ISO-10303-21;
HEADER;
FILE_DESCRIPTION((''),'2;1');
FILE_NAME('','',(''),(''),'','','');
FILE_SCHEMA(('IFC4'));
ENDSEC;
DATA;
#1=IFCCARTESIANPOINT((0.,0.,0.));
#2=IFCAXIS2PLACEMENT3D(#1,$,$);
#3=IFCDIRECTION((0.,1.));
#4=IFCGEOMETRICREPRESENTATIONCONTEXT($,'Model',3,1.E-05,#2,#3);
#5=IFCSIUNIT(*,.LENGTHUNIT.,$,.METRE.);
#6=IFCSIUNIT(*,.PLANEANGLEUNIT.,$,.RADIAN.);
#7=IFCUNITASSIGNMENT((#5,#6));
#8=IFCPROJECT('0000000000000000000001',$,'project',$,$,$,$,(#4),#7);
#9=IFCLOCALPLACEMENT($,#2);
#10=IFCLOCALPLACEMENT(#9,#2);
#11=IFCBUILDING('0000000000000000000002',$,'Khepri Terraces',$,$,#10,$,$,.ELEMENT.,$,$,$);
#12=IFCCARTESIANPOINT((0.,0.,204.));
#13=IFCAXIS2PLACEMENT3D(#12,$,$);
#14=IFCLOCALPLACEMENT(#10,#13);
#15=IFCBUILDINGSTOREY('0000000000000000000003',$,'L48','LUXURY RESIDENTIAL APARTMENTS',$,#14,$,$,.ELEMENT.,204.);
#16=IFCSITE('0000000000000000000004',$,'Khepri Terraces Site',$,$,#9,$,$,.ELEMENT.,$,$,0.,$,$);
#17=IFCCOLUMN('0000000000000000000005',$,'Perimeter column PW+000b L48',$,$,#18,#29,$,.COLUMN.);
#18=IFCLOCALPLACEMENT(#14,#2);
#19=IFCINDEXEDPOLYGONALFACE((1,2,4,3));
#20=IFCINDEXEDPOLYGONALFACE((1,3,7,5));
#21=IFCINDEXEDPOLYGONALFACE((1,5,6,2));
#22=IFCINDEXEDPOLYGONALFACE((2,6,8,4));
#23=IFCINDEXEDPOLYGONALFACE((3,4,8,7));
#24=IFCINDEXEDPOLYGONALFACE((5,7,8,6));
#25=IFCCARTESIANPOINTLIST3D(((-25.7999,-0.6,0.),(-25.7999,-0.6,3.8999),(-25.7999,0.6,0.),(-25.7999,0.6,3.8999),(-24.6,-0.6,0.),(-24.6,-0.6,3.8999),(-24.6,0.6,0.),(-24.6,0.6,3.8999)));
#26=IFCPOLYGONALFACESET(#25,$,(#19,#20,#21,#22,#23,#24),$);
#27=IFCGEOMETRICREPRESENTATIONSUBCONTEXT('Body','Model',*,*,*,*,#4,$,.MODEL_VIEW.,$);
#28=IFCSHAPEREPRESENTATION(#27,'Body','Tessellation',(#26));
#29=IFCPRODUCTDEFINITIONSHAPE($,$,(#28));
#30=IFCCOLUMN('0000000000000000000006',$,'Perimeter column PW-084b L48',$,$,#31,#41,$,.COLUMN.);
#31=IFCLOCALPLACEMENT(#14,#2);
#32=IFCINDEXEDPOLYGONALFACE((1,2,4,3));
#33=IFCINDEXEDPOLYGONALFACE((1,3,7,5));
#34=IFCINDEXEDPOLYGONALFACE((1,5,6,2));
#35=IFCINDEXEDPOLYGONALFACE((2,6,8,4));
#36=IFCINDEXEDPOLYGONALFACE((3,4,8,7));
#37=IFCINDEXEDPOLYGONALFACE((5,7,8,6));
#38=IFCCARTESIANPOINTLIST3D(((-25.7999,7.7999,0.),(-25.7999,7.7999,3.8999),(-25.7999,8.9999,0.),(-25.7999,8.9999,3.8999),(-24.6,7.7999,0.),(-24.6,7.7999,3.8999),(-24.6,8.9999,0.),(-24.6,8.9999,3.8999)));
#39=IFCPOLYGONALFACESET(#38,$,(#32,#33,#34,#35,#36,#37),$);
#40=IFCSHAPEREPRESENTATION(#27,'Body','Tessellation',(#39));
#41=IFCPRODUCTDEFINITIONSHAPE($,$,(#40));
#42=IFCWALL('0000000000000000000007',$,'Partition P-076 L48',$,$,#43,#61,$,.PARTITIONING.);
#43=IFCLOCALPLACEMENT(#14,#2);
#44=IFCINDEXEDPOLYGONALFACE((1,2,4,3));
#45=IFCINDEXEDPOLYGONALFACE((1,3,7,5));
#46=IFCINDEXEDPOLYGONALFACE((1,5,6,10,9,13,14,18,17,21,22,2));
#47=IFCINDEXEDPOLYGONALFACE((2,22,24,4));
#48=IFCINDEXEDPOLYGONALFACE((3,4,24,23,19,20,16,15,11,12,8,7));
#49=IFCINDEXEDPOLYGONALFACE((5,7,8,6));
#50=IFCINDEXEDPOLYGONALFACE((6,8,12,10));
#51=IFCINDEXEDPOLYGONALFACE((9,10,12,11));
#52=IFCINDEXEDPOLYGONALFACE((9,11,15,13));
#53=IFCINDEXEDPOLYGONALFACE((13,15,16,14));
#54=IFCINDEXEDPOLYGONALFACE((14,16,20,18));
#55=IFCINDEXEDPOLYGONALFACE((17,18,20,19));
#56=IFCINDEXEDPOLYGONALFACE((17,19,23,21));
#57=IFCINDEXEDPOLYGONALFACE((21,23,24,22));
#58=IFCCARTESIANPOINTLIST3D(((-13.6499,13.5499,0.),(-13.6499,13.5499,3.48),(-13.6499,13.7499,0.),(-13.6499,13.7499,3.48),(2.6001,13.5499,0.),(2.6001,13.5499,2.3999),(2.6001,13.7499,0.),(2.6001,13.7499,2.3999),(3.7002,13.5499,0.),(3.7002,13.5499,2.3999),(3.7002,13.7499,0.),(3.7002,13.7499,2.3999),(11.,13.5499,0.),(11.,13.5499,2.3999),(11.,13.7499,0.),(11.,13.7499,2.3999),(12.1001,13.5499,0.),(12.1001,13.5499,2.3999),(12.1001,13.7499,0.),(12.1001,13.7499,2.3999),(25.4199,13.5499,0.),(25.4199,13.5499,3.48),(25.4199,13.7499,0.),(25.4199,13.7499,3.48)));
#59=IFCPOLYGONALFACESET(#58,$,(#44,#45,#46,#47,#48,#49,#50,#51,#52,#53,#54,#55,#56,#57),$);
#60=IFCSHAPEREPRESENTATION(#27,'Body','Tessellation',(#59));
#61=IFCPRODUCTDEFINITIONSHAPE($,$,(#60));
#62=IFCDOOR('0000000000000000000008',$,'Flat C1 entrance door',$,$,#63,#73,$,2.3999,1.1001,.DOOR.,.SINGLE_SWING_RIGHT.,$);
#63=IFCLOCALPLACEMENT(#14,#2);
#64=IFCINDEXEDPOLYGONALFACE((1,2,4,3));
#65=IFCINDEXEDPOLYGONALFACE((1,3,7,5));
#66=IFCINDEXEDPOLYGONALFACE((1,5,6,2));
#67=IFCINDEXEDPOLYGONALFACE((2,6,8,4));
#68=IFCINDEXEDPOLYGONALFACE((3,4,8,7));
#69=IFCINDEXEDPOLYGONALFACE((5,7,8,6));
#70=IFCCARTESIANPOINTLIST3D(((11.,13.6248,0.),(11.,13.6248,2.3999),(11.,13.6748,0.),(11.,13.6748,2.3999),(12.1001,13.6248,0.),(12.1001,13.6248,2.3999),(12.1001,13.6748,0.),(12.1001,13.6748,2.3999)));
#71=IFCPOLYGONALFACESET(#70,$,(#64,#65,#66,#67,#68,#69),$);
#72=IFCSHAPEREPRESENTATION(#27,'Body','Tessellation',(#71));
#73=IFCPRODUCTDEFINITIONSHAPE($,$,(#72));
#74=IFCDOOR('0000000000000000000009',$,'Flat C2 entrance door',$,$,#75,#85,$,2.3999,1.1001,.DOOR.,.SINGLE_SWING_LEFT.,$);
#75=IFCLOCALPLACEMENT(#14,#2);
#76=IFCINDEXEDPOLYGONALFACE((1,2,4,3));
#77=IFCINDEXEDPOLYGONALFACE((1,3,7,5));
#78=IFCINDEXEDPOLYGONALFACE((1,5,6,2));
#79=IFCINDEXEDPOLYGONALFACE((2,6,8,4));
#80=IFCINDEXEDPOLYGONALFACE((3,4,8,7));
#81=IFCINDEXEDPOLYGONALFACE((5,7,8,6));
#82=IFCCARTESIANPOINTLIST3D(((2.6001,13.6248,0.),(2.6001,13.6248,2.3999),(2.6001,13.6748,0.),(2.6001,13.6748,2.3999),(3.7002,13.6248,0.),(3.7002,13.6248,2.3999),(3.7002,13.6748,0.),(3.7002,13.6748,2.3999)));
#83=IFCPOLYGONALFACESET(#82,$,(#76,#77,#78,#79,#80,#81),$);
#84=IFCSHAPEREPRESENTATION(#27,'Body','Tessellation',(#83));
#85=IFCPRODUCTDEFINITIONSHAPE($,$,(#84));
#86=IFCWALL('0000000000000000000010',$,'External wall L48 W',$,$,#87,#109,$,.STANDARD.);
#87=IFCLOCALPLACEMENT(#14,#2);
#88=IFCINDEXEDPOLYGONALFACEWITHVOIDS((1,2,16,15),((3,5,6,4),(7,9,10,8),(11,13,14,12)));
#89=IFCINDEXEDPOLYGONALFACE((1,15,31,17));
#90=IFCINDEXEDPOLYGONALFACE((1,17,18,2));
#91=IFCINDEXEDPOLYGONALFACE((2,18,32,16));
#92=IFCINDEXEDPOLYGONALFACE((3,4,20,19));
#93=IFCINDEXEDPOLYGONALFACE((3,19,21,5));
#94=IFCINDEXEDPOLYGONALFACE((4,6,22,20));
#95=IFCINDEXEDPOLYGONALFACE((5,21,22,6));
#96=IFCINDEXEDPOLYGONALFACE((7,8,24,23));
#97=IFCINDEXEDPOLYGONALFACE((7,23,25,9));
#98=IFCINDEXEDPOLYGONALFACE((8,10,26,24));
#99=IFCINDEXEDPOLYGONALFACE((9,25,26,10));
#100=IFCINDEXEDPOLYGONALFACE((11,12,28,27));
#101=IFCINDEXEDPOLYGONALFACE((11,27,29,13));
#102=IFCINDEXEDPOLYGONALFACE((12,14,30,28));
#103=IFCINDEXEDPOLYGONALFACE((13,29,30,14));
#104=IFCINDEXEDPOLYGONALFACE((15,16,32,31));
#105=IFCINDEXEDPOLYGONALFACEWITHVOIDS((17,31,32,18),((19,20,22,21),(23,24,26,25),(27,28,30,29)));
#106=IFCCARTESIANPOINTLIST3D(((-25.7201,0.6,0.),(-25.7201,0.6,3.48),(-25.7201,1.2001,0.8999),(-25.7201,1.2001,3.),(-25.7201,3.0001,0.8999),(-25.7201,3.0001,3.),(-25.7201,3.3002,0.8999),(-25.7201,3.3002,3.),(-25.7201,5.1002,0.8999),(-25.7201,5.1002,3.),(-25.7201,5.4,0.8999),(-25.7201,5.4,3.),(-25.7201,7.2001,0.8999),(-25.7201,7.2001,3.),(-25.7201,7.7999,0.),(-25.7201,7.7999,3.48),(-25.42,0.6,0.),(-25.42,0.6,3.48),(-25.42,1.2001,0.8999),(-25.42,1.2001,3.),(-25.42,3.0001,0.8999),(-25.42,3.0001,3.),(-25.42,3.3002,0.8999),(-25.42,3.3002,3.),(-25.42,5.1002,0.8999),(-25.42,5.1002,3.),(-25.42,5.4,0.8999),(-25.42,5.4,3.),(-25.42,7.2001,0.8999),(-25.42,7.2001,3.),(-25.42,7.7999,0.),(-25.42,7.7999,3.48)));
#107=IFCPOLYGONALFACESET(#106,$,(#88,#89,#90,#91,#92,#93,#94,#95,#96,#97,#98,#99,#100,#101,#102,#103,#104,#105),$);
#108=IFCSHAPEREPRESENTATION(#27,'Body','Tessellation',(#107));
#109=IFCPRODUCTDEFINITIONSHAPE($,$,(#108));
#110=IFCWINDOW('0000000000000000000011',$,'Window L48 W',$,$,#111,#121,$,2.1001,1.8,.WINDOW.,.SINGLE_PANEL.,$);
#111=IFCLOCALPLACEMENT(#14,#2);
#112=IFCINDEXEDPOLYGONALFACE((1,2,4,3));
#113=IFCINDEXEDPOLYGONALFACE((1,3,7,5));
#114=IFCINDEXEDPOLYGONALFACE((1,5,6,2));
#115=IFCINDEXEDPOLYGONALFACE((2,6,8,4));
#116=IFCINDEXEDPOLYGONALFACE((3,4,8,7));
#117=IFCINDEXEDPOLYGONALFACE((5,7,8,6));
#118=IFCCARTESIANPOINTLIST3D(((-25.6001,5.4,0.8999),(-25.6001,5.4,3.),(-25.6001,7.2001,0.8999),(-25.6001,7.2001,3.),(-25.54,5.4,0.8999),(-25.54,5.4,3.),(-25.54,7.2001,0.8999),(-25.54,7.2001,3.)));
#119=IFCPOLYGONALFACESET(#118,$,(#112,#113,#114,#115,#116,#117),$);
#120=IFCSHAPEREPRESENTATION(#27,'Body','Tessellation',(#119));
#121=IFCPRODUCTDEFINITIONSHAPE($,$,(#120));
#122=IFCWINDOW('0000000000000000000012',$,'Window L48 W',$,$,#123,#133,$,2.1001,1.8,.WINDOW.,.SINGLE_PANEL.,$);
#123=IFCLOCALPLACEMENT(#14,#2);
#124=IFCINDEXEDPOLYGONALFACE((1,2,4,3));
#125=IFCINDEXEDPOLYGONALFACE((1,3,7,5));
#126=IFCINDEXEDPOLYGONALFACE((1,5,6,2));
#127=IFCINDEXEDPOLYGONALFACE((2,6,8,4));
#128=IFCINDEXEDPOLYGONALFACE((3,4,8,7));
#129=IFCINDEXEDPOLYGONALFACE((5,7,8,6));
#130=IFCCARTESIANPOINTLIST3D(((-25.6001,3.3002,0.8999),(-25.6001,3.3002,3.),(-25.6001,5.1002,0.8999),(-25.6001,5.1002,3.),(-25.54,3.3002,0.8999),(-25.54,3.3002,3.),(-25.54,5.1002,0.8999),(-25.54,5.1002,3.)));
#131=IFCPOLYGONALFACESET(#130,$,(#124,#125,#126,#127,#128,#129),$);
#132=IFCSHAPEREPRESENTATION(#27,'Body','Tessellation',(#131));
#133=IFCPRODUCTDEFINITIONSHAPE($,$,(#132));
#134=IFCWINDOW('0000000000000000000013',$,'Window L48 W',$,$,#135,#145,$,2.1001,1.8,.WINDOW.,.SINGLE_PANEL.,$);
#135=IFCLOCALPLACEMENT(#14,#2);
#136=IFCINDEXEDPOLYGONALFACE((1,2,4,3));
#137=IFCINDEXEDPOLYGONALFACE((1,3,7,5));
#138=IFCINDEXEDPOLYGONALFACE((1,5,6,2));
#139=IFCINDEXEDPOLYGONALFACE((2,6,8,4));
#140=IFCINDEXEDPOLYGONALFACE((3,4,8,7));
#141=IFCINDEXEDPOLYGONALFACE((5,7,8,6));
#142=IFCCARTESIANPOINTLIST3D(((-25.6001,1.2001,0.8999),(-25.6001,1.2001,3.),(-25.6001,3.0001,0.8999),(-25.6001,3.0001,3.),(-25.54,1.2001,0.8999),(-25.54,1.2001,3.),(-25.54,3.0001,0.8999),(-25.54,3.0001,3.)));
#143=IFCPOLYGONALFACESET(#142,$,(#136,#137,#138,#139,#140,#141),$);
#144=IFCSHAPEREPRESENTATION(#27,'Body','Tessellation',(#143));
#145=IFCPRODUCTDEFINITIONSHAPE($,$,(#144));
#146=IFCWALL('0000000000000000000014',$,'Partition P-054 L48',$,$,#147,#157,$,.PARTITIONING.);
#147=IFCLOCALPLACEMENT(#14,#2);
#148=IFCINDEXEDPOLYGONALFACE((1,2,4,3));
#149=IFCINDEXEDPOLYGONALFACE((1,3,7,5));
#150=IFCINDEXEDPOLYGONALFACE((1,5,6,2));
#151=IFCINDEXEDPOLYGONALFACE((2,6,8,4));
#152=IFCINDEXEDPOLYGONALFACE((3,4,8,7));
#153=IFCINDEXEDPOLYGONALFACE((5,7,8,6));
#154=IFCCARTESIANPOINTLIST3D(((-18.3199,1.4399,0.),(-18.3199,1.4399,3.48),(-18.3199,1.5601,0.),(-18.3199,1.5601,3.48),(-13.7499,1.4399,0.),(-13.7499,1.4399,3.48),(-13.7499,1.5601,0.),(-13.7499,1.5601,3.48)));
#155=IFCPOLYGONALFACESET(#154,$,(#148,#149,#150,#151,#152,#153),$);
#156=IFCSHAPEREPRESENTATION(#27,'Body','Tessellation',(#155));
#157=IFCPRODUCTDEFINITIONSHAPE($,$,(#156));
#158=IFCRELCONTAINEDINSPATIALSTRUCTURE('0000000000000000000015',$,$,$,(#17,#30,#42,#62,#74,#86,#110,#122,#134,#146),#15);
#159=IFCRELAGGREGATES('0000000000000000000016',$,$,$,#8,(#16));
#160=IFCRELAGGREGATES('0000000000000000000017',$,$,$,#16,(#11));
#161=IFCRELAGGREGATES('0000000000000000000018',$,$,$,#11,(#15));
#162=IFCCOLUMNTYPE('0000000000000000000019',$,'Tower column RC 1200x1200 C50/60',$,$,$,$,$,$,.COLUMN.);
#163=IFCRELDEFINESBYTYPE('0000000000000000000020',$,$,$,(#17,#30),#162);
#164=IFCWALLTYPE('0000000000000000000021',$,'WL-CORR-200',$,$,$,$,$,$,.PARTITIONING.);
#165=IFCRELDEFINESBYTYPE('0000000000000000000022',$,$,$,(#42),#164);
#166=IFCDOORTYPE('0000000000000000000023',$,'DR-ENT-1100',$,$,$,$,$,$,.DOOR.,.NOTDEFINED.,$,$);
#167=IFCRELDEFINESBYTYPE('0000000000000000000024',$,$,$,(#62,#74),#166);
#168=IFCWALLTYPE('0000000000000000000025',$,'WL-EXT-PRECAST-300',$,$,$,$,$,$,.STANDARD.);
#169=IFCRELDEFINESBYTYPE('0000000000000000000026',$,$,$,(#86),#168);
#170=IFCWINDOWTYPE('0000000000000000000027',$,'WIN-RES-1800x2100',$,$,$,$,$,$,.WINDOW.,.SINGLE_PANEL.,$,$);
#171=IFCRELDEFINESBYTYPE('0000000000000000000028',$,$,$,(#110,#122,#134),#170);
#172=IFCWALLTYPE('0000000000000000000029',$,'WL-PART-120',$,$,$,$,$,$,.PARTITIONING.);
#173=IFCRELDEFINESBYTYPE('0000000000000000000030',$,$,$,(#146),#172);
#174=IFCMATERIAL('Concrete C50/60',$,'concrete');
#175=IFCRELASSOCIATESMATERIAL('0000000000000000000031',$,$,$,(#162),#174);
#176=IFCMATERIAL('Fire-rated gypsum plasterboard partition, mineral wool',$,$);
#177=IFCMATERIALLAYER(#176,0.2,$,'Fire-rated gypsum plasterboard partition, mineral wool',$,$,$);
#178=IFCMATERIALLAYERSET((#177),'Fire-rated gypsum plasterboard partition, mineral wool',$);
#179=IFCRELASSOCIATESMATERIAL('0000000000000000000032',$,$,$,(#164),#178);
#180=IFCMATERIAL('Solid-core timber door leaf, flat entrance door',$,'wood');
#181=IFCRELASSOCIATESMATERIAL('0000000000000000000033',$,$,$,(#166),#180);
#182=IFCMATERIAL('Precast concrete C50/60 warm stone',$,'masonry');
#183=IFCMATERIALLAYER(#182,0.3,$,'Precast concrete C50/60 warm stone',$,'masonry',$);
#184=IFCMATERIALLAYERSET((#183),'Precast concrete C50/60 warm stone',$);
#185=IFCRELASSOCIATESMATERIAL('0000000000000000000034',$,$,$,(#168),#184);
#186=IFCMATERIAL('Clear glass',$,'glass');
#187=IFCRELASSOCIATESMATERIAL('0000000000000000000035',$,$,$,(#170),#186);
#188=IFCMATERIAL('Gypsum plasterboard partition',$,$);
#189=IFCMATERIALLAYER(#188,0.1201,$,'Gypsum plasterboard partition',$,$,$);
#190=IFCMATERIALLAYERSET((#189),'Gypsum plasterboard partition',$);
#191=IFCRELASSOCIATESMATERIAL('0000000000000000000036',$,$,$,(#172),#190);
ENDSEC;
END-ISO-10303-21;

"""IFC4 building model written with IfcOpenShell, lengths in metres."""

from ifc_helpers import new_model, si_unit, direction, frame, frame_2d, origin, origin_2d, place, context, subcontext, project, spatial, rectangle, extrude, material, layer, layer_set, material_profile, profile_set, type_object, element, fill, save


model = new_model("IFC4")

# Units and contexts
model_context = context("Model", 3, precision=1e-05, world=origin(), true_north=direction((0.0, 1.0)))
body_context = subcontext(model_context, "Body", "Model", "MODEL_VIEW")
ifc_project = project(units=[si_unit("LENGTHUNIT", "METRE"), si_unit("PLANEANGLEUNIT", "RADIAN")], contexts=[model_context])

# Site, building, storey
site_placement = place(None, origin())
site = spatial("IfcSite", under=ifc_project, at=site_placement, Name="Khepri Terraces Site", CompositionType="ELEMENT", RefElevation=0.0)
building_placement = place(site_placement, origin())
building = spatial("IfcBuilding", under=site, at=building_placement, Name="Khepri Terraces", CompositionType="ELEMENT")
storey_placement = place(building_placement, frame((0.0, 0.0, 204.0)))
storey = spatial("IfcBuildingStorey", under=building, at=storey_placement, Name="L48", Description="LUXURY RESIDENTIAL APARTMENTS", CompositionType="ELEMENT", Elevation=204.0)

# Columns
ifc_material_1 = material(Name="Concrete C50/60", Category="concrete")
ifc_material_profile = material_profile(ifc_material_1, rectangle(XDim=1.2, YDim=1.2, at=origin_2d()), Name="Concrete C50/60", Category="concrete")
ifc_profile_set = profile_set([ifc_material_profile], Name="Concrete C50/60")
column_type = type_object("IfcColumnType", Name="Tower column RC 1200x1200 C50/60", PredefinedType="COLUMN", material=ifc_profile_set)
for number, where, z_axis, x_axis, name in (
    (1, (-25.2, 0.0, 0.0), (0.0, 0.0, 1.0), (1.0, 0.0, 0.0), "Perimeter column PW+000b L48"),
    (2, (-25.2, 8.3999, 0.0), (0.0, 0.0, 1.0), (1.0, 0.0, 0.0), "Perimeter column PW-084b L48"),
):
    element("IfcColumn", number, at=place(storey_placement, frame(where, z_axis=z_axis, x_axis=x_axis)), inside=storey, type_object=column_type, Name=name, PredefinedType="COLUMN", context=body_context, shape_type="SweptSolid", body=[
        extrude(rectangle(XDim=1.2, YDim=1.2, at=origin_2d()), origin(), (0.0, 0.0, 1.0), 3.8999),
    ])

# Wall, openings, doors
ifc_material_2 = material(Name="Fire-rated gypsum plasterboard partition, mineral wool")
ifc_layer_1 = layer(ifc_material_2, 0.2, Name="Fire-rated gypsum plasterboard partition, mineral wool")
ifc_layer_set_1 = layer_set([ifc_layer_1], Name="Fire-rated gypsum plasterboard partition, mineral wool")
wall_type_1 = type_object("IfcWallType", Name="WL-CORR-200", PredefinedType="PARTITIONING", material=ifc_layer_set_1)
wall_1_placement = place(storey_placement, frame((-13.6499, 13.6499, 0.0), z_axis=(0.0, 0.0, 1.0), x_axis=(1.0, 0.0, 0.0)))
wall_1 = element("IfcWall", 3, at=wall_1_placement, inside=storey, type_object=wall_type_1, Name="Partition P-076 L48", PredefinedType="PARTITIONING", context=body_context, shape_type="SweptSolid", body=[
    extrude(rectangle(XDim=39.0698, YDim=0.2, at=frame_2d((19.5349, 0.0))), origin(), (0.0, 0.0, 1.0), 3.48),
])
opening_1_placement = place(wall_1_placement, frame((24.6499, 0.0, 0.0)))
opening_1 = element("IfcOpeningElement", 4, at=opening_1_placement, cuts=wall_1, PredefinedType="OPENING", context=body_context, shape_type="SweptSolid", body=[
    extrude(rectangle(XDim=1.1001, YDim=2.3999, at=frame_2d((0.55, 1.2))), frame((0.0, 0.1099, 0.0), z_axis=(0.0, -1.0, 0.0), x_axis=(1.0, 0.0, 0.0)), (0.0, 0.0, 1.0), 0.22),
])
opening_2_placement = place(wall_1_placement, frame((16.25, 0.0, 0.0)))
opening_2 = element("IfcOpeningElement", 5, at=opening_2_placement, cuts=wall_1, PredefinedType="OPENING", context=body_context, shape_type="SweptSolid", body=[
    extrude(rectangle(XDim=1.1001, YDim=2.3999, at=frame_2d((0.55, 1.2))), frame((0.0, 0.1099, 0.0), z_axis=(0.0, -1.0, 0.0), x_axis=(1.0, 0.0, 0.0)), (0.0, 0.0, 1.0), 0.22),
])
ifc_material_3 = material(Name="Solid-core timber door leaf, flat entrance door", Category="wood")
door_type_1 = type_object("IfcDoorType", Name="DR-ENT-1100", OperationType="NOTDEFINED", PredefinedType="DOOR", material=ifc_material_3)
door_1_placement = place(opening_1_placement, origin())
door_1 = element("IfcDoor", 6, at=door_1_placement, inside=storey, type_object=door_type_1, Name="Flat C1 entrance door", OperationType="SINGLE_SWING_RIGHT", OverallHeight=2.3999, OverallWidth=1.1001, PredefinedType="DOOR", context=body_context, shape_type="SweptSolid", body=[
    extrude(rectangle(XDim=1.1001, YDim=2.3999, at=frame_2d((0.55, 1.2))), frame((0.0, 0.0249, 0.0), z_axis=(0.0, -1.0, 0.0), x_axis=(1.0, 0.0, 0.0)), (0.0, 0.0, 1.0), 0.05),
])
fill(opening_1, door_1)
door_2_placement = place(opening_2_placement, origin())
door_2 = element("IfcDoor", 7, at=door_2_placement, inside=storey, type_object=door_type_1, Name="Flat C2 entrance door", OperationType="SINGLE_SWING_LEFT", OverallHeight=2.3999, OverallWidth=1.1001, PredefinedType="DOOR", context=body_context, shape_type="SweptSolid", body=[
    extrude(rectangle(XDim=1.1001, YDim=2.3999, at=frame_2d((0.55, 1.2))), frame((0.0, 0.0249, 0.0), z_axis=(0.0, -1.0, 0.0), x_axis=(1.0, 0.0, 0.0)), (0.0, 0.0, 1.0), 0.05),
])
fill(opening_2, door_2)

# Wall, openings, windows
ifc_material_4 = material(Name="Precast concrete C50/60 warm stone", Category="masonry")
ifc_layer_2 = layer(ifc_material_4, 0.3, Name="Precast concrete C50/60 warm stone", Category="masonry")
ifc_layer_set_2 = layer_set([ifc_layer_2], Name="Precast concrete C50/60 warm stone")
wall_type_2 = type_object("IfcWallType", Name="WL-EXT-PRECAST-300", PredefinedType="STANDARD", material=ifc_layer_set_2)
wall_2_placement = place(storey_placement, frame((-25.5701, 7.8, 0.0), z_axis=(0.0, 0.0, 1.0), x_axis=(0.0, -1.0, 0.0)))
wall_2 = element("IfcWall", 8, at=wall_2_placement, inside=storey, type_object=wall_type_2, Name="External wall L48 W", PredefinedType="STANDARD", context=body_context, shape_type="SweptSolid", body=[
    extrude(rectangle(XDim=7.2, YDim=0.3, at=frame_2d((3.6001, 0.0))), origin(), (0.0, 0.0, 1.0), 3.48),
])
opening_3_placement = place(wall_2_placement, frame((0.6001, 0.0, 0.8999)))
opening_3 = element("IfcOpeningElement", 9, at=opening_3_placement, cuts=wall_2, PredefinedType="OPENING", context=body_context, shape_type="SweptSolid", body=[
    extrude(rectangle(XDim=1.8, YDim=2.1001, at=frame_2d((0.8999, 1.05))), frame((0.0, 0.1602, 0.0), z_axis=(0.0, -1.0, 0.0), x_axis=(1.0, 0.0, 0.0)), (0.0, 0.0, 1.0), 0.3201),
])
opening_4_placement = place(wall_2_placement, frame((2.7, 0.0, 0.8999)))
opening_4 = element("IfcOpeningElement", 10, at=opening_4_placement, cuts=wall_2, PredefinedType="OPENING", context=body_context, shape_type="SweptSolid", body=[
    extrude(rectangle(XDim=1.8, YDim=2.1001, at=frame_2d((0.8999, 1.05))), frame((0.0, 0.1602, 0.0), z_axis=(0.0, -1.0, 0.0), x_axis=(1.0, 0.0, 0.0)), (0.0, 0.0, 1.0), 0.3201),
])
opening_5_placement = place(wall_2_placement, frame((4.8, 0.0, 0.8999)))
opening_5 = element("IfcOpeningElement", 11, at=opening_5_placement, cuts=wall_2, PredefinedType="OPENING", context=body_context, shape_type="SweptSolid", body=[
    extrude(rectangle(XDim=1.8, YDim=2.1001, at=frame_2d((0.8999, 1.05))), frame((0.0, 0.1602, 0.0), z_axis=(0.0, -1.0, 0.0), x_axis=(1.0, 0.0, 0.0)), (0.0, 0.0, 1.0), 0.3201),
])
ifc_material_5 = material(Name="Clear glass", Category="glass")
window_type = type_object("IfcWindowType", Name="WIN-RES-1800x2100", PartitioningType="SINGLE_PANEL", PredefinedType="WINDOW", material=ifc_material_5)
window_1_placement = place(opening_3_placement, origin())
window_1 = element("IfcWindow", 12, at=window_1_placement, inside=storey, type_object=window_type, Name="Window L48 W", OverallHeight=2.1001, OverallWidth=1.8, PartitioningType="SINGLE_PANEL", PredefinedType="WINDOW", context=body_context, shape_type="SweptSolid", body=[
    extrude(rectangle(XDim=1.8, YDim=2.1001, at=frame_2d((0.8999, 1.05))), frame((0.0, 0.03, 0.0), z_axis=(0.0, -1.0, 0.0), x_axis=(1.0, 0.0, 0.0)), (0.0, 0.0, 1.0), 0.0601),
])
fill(opening_3, window_1)
window_2_placement = place(opening_4_placement, origin())
window_2 = element("IfcWindow", 13, at=window_2_placement, inside=storey, type_object=window_type, Name="Window L48 W", OverallHeight=2.1001, OverallWidth=1.8, PartitioningType="SINGLE_PANEL", PredefinedType="WINDOW", context=body_context, shape_type="SweptSolid", body=[
    extrude(rectangle(XDim=1.8, YDim=2.1001, at=frame_2d((0.8999, 1.05))), frame((0.0, 0.03, 0.0), z_axis=(0.0, -1.0, 0.0), x_axis=(1.0, 0.0, 0.0)), (0.0, 0.0, 1.0), 0.0601),
])
fill(opening_4, window_2)
window_3_placement = place(opening_5_placement, origin())
window_3 = element("IfcWindow", 14, at=window_3_placement, inside=storey, type_object=window_type, Name="Window L48 W", OverallHeight=2.1001, OverallWidth=1.8, PartitioningType="SINGLE_PANEL", PredefinedType="WINDOW", context=body_context, shape_type="SweptSolid", body=[
    extrude(rectangle(XDim=1.8, YDim=2.1001, at=frame_2d((0.8999, 1.05))), frame((0.0, 0.03, 0.0), z_axis=(0.0, -1.0, 0.0), x_axis=(1.0, 0.0, 0.0)), (0.0, 0.0, 1.0), 0.0601),
])
fill(opening_5, window_3)

# Wall
ifc_material_6 = material(Name="Gypsum plasterboard partition")
ifc_layer_3 = layer(ifc_material_6, 0.1201, Name="Gypsum plasterboard partition")
ifc_layer_set_3 = layer_set([ifc_layer_3], Name="Gypsum plasterboard partition")
wall_type_3 = type_object("IfcWallType", Name="WL-PART-120", PredefinedType="PARTITIONING", material=ifc_layer_set_3)
wall_3_placement = place(storey_placement, frame((-18.3201, 1.5, 0.0), z_axis=(0.0, 0.0, 1.0), x_axis=(1.0, 0.0, 0.0)))
element("IfcWall", 15, at=wall_3_placement, inside=storey, type_object=wall_type_3, Name="Partition P-054 L48", PredefinedType="PARTITIONING", context=body_context, shape_type="SweptSolid", body=[
    extrude(rectangle(XDim=4.5701, YDim=0.1201, at=frame_2d((2.2852, 0.0))), origin(), (0.0, 0.0, 1.0), 3.48),
])

save(model, "model.ifc")
